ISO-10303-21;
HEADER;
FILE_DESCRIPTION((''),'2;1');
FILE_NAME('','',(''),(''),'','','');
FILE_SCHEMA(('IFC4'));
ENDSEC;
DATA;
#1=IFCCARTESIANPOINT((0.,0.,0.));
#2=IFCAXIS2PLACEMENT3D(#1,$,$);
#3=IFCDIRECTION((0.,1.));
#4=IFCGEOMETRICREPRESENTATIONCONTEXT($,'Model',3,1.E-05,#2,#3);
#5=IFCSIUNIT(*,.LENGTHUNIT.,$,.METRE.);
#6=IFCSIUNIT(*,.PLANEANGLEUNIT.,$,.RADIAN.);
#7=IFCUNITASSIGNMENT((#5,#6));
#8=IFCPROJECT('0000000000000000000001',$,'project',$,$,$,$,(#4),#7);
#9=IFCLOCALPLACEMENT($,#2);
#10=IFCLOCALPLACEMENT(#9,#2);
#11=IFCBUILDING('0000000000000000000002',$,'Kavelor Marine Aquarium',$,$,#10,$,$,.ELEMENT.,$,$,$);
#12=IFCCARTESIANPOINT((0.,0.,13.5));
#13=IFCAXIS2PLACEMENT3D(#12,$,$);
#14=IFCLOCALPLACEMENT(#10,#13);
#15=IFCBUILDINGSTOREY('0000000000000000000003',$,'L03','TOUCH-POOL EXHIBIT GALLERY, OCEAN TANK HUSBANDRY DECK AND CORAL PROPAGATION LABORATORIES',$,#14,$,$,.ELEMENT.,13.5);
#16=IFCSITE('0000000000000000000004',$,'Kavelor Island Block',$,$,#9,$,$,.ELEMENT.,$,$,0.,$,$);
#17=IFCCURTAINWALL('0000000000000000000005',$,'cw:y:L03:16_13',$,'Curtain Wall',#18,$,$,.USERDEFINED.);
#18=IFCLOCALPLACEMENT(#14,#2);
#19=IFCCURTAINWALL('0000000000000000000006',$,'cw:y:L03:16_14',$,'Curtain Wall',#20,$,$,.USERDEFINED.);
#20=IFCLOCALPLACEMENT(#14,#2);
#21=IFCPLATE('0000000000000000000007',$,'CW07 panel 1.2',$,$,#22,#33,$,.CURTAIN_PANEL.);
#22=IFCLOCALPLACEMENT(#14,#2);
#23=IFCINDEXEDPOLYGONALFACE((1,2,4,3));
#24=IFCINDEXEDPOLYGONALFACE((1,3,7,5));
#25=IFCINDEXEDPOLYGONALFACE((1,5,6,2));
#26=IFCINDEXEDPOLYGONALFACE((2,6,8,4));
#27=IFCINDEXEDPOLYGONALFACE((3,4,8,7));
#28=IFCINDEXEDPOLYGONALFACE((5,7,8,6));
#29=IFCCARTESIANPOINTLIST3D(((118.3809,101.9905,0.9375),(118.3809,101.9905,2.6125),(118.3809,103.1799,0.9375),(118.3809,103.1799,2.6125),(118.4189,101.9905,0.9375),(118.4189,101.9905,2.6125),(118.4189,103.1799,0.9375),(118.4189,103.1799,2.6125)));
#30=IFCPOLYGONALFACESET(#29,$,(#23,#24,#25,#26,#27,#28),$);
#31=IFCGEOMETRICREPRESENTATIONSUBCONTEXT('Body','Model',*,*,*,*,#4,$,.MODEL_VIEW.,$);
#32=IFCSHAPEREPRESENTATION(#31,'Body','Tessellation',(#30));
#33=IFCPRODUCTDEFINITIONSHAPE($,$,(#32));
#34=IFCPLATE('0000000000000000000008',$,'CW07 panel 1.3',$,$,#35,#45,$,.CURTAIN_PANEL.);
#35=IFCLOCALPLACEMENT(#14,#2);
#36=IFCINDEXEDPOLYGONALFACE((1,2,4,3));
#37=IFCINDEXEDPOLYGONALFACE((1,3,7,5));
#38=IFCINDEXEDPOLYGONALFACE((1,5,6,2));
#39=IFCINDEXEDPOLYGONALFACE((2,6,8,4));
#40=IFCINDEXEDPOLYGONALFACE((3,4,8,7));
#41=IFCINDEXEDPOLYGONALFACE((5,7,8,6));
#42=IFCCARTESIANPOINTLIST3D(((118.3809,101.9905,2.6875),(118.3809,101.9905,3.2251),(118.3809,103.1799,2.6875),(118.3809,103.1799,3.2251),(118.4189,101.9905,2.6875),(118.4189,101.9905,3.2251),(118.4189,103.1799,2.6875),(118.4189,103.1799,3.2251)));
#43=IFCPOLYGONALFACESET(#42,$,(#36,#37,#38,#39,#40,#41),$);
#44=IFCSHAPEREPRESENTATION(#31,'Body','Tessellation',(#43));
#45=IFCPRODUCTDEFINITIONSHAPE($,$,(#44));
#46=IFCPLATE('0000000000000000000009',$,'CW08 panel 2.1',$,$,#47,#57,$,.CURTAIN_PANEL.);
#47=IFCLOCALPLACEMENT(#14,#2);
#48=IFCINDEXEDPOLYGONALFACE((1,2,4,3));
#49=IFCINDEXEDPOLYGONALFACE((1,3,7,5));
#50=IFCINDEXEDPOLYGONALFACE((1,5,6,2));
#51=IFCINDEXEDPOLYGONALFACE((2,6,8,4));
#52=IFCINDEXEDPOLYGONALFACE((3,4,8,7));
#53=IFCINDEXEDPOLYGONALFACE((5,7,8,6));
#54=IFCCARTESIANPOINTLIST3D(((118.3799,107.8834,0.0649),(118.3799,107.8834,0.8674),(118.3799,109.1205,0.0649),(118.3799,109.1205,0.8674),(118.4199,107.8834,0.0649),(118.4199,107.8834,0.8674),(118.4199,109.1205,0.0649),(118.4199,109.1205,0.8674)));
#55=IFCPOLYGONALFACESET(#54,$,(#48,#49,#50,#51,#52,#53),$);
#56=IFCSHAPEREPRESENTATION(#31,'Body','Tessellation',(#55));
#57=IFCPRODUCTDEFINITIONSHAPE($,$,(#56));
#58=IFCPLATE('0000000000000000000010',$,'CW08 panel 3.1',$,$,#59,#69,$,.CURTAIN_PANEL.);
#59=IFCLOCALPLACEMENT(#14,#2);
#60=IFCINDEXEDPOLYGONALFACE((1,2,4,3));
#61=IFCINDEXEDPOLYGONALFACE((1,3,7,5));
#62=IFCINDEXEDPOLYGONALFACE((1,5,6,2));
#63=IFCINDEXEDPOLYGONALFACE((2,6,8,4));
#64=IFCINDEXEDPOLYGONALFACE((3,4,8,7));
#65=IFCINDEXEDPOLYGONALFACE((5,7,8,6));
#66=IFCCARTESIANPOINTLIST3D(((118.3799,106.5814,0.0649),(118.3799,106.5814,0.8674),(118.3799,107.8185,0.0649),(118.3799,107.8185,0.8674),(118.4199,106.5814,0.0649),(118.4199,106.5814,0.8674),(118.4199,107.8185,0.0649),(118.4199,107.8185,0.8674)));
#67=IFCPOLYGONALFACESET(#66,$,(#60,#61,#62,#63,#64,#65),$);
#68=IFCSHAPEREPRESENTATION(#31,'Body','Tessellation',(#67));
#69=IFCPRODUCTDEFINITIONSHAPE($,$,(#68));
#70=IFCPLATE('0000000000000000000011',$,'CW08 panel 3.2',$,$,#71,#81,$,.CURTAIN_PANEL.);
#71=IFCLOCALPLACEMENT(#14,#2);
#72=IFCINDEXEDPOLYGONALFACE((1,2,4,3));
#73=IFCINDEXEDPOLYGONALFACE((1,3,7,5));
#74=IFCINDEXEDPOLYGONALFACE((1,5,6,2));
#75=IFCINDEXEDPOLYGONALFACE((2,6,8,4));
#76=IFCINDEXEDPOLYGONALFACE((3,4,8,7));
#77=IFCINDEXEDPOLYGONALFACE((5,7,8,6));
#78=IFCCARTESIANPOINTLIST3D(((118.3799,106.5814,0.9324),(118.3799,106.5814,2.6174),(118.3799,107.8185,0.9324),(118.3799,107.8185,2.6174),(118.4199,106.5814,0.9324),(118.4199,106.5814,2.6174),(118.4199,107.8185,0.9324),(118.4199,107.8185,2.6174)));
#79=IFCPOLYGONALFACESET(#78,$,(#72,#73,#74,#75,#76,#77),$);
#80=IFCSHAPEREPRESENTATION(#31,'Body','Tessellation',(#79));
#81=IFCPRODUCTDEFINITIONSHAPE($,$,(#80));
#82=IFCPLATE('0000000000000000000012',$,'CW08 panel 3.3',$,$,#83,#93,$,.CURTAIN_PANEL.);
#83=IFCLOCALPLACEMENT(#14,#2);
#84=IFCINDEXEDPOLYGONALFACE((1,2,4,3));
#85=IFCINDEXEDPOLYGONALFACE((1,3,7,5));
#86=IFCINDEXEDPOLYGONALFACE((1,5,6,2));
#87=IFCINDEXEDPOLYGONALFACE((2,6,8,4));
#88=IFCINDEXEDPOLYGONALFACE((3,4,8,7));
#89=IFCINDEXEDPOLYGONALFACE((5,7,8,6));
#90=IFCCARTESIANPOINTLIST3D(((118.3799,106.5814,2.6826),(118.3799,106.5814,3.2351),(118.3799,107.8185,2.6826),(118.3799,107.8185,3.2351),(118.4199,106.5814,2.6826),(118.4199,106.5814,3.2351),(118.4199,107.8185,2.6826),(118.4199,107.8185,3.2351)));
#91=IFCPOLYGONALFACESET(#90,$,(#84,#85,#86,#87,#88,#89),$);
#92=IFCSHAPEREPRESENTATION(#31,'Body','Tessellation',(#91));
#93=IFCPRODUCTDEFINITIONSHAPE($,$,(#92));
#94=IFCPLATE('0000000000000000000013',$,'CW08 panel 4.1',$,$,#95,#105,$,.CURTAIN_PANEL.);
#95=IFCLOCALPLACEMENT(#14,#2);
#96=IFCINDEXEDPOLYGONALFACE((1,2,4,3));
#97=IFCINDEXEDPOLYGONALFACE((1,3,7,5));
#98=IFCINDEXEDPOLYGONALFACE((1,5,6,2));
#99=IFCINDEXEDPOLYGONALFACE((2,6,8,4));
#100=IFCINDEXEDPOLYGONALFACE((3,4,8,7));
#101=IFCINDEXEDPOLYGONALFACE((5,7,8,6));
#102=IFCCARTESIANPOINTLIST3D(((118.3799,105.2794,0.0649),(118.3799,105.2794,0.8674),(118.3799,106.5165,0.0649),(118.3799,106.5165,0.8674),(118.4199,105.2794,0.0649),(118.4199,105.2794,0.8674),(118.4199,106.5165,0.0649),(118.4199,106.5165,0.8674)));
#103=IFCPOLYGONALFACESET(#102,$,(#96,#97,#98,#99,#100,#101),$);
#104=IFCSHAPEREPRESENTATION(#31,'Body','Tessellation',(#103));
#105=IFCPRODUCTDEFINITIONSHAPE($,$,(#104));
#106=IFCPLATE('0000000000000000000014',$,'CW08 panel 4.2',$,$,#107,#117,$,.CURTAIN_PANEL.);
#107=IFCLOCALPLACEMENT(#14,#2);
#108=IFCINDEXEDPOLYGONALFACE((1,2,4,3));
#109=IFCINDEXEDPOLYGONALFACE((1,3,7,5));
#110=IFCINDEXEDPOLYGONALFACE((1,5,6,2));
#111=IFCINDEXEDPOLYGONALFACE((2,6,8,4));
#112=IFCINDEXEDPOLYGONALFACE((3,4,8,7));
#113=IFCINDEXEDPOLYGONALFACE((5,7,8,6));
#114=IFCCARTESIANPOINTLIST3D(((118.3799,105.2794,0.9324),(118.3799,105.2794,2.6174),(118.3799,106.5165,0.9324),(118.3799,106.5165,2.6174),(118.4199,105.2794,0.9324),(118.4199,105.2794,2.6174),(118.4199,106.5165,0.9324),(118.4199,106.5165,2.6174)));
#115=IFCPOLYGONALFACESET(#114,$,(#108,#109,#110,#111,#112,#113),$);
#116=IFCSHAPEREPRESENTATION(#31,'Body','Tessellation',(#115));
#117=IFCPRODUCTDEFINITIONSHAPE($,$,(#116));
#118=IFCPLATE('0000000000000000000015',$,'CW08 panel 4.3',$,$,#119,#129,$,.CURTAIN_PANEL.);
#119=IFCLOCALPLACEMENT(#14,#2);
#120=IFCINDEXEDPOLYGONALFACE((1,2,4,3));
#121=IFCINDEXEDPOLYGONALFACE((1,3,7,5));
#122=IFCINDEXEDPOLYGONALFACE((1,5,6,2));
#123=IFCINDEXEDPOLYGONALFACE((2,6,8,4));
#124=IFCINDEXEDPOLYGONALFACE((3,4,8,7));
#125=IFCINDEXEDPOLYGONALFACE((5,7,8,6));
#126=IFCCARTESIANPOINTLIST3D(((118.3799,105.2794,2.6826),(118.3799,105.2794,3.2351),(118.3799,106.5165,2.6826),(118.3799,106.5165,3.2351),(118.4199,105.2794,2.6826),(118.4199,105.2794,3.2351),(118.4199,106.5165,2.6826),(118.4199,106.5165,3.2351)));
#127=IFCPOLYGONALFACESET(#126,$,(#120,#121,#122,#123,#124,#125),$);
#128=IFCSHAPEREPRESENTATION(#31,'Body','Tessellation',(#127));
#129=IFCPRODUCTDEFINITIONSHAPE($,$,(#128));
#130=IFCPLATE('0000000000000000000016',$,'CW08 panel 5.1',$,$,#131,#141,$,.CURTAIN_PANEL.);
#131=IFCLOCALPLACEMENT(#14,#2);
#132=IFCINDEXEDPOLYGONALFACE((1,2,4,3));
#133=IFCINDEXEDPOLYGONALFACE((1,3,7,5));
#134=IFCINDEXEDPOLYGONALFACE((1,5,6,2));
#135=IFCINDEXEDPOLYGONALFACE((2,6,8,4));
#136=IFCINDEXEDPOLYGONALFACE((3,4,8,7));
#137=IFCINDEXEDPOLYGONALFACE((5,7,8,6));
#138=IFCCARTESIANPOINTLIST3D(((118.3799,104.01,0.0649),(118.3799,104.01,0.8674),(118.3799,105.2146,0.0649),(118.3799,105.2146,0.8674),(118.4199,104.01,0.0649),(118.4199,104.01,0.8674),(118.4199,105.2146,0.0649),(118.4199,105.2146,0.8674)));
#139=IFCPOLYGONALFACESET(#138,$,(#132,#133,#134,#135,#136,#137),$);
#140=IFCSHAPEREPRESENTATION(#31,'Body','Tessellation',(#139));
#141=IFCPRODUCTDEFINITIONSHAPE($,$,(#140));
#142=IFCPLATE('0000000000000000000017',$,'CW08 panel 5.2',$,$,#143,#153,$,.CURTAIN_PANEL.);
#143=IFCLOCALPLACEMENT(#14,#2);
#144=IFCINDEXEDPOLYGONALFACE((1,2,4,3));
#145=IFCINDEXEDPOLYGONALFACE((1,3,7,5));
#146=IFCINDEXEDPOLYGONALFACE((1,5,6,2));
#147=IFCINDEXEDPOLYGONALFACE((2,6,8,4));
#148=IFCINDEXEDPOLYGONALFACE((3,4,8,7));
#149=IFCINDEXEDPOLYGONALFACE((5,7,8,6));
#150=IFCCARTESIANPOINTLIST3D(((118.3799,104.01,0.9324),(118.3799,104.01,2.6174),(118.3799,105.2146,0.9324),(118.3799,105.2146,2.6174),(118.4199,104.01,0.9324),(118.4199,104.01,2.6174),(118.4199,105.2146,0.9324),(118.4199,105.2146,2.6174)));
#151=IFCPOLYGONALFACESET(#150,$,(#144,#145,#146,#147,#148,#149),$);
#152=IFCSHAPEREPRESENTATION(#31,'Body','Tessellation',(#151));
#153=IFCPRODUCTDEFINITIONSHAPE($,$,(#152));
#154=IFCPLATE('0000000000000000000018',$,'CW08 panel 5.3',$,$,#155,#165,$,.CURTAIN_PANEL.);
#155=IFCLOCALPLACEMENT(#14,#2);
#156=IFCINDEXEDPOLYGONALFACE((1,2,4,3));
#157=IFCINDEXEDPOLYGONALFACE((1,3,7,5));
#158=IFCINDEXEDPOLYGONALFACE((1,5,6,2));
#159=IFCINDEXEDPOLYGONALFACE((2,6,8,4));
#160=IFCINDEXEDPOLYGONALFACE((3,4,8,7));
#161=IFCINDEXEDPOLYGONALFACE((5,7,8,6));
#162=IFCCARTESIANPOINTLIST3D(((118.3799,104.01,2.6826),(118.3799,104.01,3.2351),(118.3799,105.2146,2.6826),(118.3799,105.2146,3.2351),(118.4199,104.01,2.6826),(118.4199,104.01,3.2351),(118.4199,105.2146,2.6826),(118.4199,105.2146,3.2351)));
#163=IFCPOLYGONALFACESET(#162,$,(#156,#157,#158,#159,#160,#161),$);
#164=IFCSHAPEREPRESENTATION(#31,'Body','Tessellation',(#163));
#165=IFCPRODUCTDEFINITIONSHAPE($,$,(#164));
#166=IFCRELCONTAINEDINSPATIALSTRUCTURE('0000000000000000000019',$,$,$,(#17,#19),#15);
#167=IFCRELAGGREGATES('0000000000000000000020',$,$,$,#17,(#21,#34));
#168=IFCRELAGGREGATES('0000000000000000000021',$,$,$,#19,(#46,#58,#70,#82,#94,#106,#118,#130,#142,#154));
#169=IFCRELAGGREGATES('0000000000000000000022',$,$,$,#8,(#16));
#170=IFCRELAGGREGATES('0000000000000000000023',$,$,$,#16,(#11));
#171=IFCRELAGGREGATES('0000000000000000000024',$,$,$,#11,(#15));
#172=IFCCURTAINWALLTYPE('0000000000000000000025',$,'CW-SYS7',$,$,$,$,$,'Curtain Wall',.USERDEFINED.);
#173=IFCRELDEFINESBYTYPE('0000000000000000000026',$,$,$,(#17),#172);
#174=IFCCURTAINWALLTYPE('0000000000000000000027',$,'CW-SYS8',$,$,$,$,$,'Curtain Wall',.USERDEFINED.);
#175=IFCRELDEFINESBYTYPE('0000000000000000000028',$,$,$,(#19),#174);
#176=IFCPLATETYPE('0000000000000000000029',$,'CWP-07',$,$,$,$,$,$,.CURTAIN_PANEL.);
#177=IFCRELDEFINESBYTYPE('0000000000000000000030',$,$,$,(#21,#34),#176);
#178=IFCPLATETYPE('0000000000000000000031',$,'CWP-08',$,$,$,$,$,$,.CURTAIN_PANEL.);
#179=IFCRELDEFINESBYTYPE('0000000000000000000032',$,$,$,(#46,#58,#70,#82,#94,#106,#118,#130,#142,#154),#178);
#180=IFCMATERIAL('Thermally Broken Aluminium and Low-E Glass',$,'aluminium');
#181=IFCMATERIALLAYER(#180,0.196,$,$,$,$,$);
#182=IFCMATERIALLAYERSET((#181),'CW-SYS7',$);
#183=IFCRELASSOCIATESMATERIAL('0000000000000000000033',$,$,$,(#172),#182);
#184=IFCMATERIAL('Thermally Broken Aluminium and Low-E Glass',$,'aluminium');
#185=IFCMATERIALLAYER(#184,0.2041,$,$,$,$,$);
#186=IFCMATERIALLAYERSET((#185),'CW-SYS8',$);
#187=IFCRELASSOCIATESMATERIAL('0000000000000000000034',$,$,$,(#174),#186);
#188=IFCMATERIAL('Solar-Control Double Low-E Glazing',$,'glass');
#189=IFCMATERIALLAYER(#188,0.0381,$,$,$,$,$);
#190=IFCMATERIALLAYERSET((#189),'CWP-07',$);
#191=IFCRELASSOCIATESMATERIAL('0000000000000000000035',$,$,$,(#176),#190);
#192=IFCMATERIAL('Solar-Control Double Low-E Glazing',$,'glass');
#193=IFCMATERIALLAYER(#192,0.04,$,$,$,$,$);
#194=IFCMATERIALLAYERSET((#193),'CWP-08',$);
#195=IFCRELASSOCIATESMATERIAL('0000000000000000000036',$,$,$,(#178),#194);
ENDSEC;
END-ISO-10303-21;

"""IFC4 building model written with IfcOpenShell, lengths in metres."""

from ifc_helpers import new_model, si_unit, direction, frame, origin, origin_2d, place, context, subcontext, project, spatial, rectangle, extrude, material, layer, layer_set, type_object, element, aggregate, save


model = new_model("IFC4")

# Units and contexts
model_context = context("Model", 3, precision=1e-05, world=origin(), true_north=direction((0.0, 1.0)))
body_context = subcontext(model_context, "Body", "Model", "MODEL_VIEW")
ifc_project = project(units=[si_unit("LENGTHUNIT", "METRE"), si_unit("PLANEANGLEUNIT", "RADIAN")], contexts=[model_context])

# Site, building, storey
site_placement = place(None, origin())
site = spatial("IfcSite", under=ifc_project, at=site_placement, Name="Kavelor Island Block", CompositionType="ELEMENT", RefElevation=0.0)
building_placement = place(site_placement, origin())
building = spatial("IfcBuilding", under=site, at=building_placement, Name="Kavelor Marine Aquarium", CompositionType="ELEMENT")
storey_placement = place(building_placement, frame((0.0, 0.0, 13.5)))
storey = spatial("IfcBuildingStorey", under=building, at=storey_placement, Name="L03", Description="TOUCH-POOL EXHIBIT GALLERY, OCEAN TANK HUSBANDRY DECK AND CORAL PROPAGATION LABORATORIES", CompositionType="ELEMENT", Elevation=13.5)

# Curtain walls
ifc_material_1 = material(Name="Thermally Broken Aluminium and Low-E Glass", Category="aluminium")
ifc_layer_1 = layer(ifc_material_1, 0.196)
ifc_layer_set_1 = layer_set([ifc_layer_1], Name="CW-SYS7")
curtain_wall_type_1 = type_object("IfcCurtainWallType", Name="CW-SYS7", ElementType="Curtain Wall", PredefinedType="USERDEFINED", material=ifc_layer_set_1)
curtain_wall_1_placement = place(storey_placement, origin())
curtain_wall_1 = element("IfcCurtainWall", 1, at=curtain_wall_1_placement, inside=storey, type_object=curtain_wall_type_1, Name="cw:y:L03:16_13", ObjectType="Curtain Wall", PredefinedType="USERDEFINED")
ifc_material_2 = material(Name="Thermally Broken Aluminium and Low-E Glass", Category="aluminium")
ifc_layer_2 = layer(ifc_material_2, 0.2041)
ifc_layer_set_2 = layer_set([ifc_layer_2], Name="CW-SYS8")
curtain_wall_type_2 = type_object("IfcCurtainWallType", Name="CW-SYS8", ElementType="Curtain Wall", PredefinedType="USERDEFINED", material=ifc_layer_set_2)
curtain_wall_2_placement = place(storey_placement, origin())
curtain_wall_2 = element("IfcCurtainWall", 2, at=curtain_wall_2_placement, inside=storey, type_object=curtain_wall_type_2, Name="cw:y:L03:16_14", ObjectType="Curtain Wall", PredefinedType="USERDEFINED")

# Plates
ifc_material_3 = material(Name="Solar-Control Double Low-E Glazing", Category="glass")
ifc_layer_3 = layer(ifc_material_3, 0.0381)
ifc_layer_set_3 = layer_set([ifc_layer_3], Name="CWP-07")
plate_type_1 = type_object("IfcPlateType", Name="CWP-07", PredefinedType="CURTAIN_PANEL", material=ifc_layer_set_3)
plate_1_placement = place(storey_placement, frame((118.3999, 102.5852, 0.9375), z_axis=(0.0, 0.0, 1.0), x_axis=(0.0, -1.0, 0.0)))
plate_1 = element("IfcPlate", 3, at=plate_1_placement, type_object=plate_type_1, Name="CW07 panel 1.2", PredefinedType="CURTAIN_PANEL", context=body_context, shape_type="SweptSolid", body=[
    extrude(rectangle(XDim=1.1895, YDim=0.0381, at=origin_2d()), origin(), (0.0, 0.0, 1.0), 1.675),
])
plate_2_placement = place(storey_placement, frame((118.3999, 102.5852, 2.6875), z_axis=(0.0, 0.0, 1.0), x_axis=(0.0, -1.0, 0.0)))
plate_2 = element("IfcPlate", 4, at=plate_2_placement, type_object=plate_type_1, Name="CW07 panel 1.3", PredefinedType="CURTAIN_PANEL", context=body_context, shape_type="SweptSolid", body=[
    extrude(rectangle(XDim=1.1895, YDim=0.0381, at=origin_2d()), origin(), (0.0, 0.0, 1.0), 0.5376),
])
aggregate(curtain_wall_1, [plate_1, plate_2])
ifc_material_4 = material(Name="Solar-Control Double Low-E Glazing", Category="glass")
ifc_layer_4 = layer(ifc_material_4, 0.04)
ifc_layer_set_4 = layer_set([ifc_layer_4], Name="CWP-08")
plate_type_2 = type_object("IfcPlateType", Name="CWP-08", PredefinedType="CURTAIN_PANEL", material=ifc_layer_set_4)
plate_3_placement = place(storey_placement, frame((118.3999, 108.502, 0.0649), z_axis=(0.0, 0.0, 1.0), x_axis=(0.0, -1.0, 0.0)))
plate_3 = element("IfcPlate", 5, at=plate_3_placement, type_object=plate_type_2, Name="CW08 panel 2.1", PredefinedType="CURTAIN_PANEL", context=body_context, shape_type="SweptSolid", body=[
    extrude(rectangle(XDim=1.2371, YDim=0.04, at=origin_2d()), origin(), (0.0, 0.0, 1.0), 0.8025),
])
plate_4_placement = place(storey_placement, frame((118.3999, 107.2, 0.0649), z_axis=(0.0, 0.0, 1.0), x_axis=(0.0, -1.0, 0.0)))
plate_4 = element("IfcPlate", 6, at=plate_4_placement, type_object=plate_type_2, Name="CW08 panel 3.1", PredefinedType="CURTAIN_PANEL", context=body_context, shape_type="SweptSolid", body=[
    extrude(rectangle(XDim=1.2371, YDim=0.04, at=origin_2d()), origin(), (0.0, 0.0, 1.0), 0.8025),
])
plate_5_placement = place(storey_placement, frame((118.3999, 107.2, 0.9324), z_axis=(0.0, 0.0, 1.0), x_axis=(0.0, -1.0, 0.0)))
plate_5 = element("IfcPlate", 7, at=plate_5_placement, type_object=plate_type_2, Name="CW08 panel 3.2", PredefinedType="CURTAIN_PANEL", context=body_context, shape_type="SweptSolid", body=[
    extrude(rectangle(XDim=1.2371, YDim=0.04, at=origin_2d()), origin(), (0.0, 0.0, 1.0), 1.6851),
])
plate_6_placement = place(storey_placement, frame((118.3999, 107.2, 2.6826), z_axis=(0.0, 0.0, 1.0), x_axis=(0.0, -1.0, 0.0)))
plate_6 = element("IfcPlate", 8, at=plate_6_placement, type_object=plate_type_2, Name="CW08 panel 3.3", PredefinedType="CURTAIN_PANEL", context=body_context, shape_type="SweptSolid", body=[
    extrude(rectangle(XDim=1.2371, YDim=0.04, at=origin_2d()), origin(), (0.0, 0.0, 1.0), 0.5525),
])
plate_7_placement = place(storey_placement, frame((118.3999, 105.8979, 0.0649), z_axis=(0.0, 0.0, 1.0), x_axis=(0.0, -1.0, 0.0)))
plate_7 = element("IfcPlate", 9, at=plate_7_placement, type_object=plate_type_2, Name="CW08 panel 4.1", PredefinedType="CURTAIN_PANEL", context=body_context, shape_type="SweptSolid", body=[
    extrude(rectangle(XDim=1.2371, YDim=0.04, at=origin_2d()), origin(), (0.0, 0.0, 1.0), 0.8025),
])
plate_8_placement = place(storey_placement, frame((118.3999, 105.8979, 0.9324), z_axis=(0.0, 0.0, 1.0), x_axis=(0.0, -1.0, 0.0)))
plate_8 = element("IfcPlate", 10, at=plate_8_placement, type_object=plate_type_2, Name="CW08 panel 4.2", PredefinedType="CURTAIN_PANEL", context=body_context, shape_type="SweptSolid", body=[
    extrude(rectangle(XDim=1.2371, YDim=0.04, at=origin_2d()), origin(), (0.0, 0.0, 1.0), 1.6851),
])
plate_9_placement = place(storey_placement, frame((118.3999, 105.8979, 2.6826), z_axis=(0.0, 0.0, 1.0), x_axis=(0.0, -1.0, 0.0)))
plate_9 = element("IfcPlate", 11, at=plate_9_placement, type_object=plate_type_2, Name="CW08 panel 4.3", PredefinedType="CURTAIN_PANEL", context=body_context, shape_type="SweptSolid", body=[
    extrude(rectangle(XDim=1.2371, YDim=0.04, at=origin_2d()), origin(), (0.0, 0.0, 1.0), 0.5525),
])
plate_10_placement = place(storey_placement, frame((118.3999, 104.6123, 0.0649), z_axis=(0.0, 0.0, 1.0), x_axis=(0.0, -1.0, 0.0)))
plate_10 = element("IfcPlate", 12, at=plate_10_placement, type_object=plate_type_2, Name="CW08 panel 5.1", PredefinedType="CURTAIN_PANEL", context=body_context, shape_type="SweptSolid", body=[
    extrude(rectangle(XDim=1.2046, YDim=0.04, at=origin_2d()), origin(), (0.0, 0.0, 1.0), 0.8025),
])
plate_11_placement = place(storey_placement, frame((118.3999, 104.6123, 0.9324), z_axis=(0.0, 0.0, 1.0), x_axis=(0.0, -1.0, 0.0)))
plate_11 = element("IfcPlate", 13, at=plate_11_placement, type_object=plate_type_2, Name="CW08 panel 5.2", PredefinedType="CURTAIN_PANEL", context=body_context, shape_type="SweptSolid", body=[
    extrude(rectangle(XDim=1.2046, YDim=0.04, at=origin_2d()), origin(), (0.0, 0.0, 1.0), 1.6851),
])
plate_12_placement = place(storey_placement, frame((118.3999, 104.6123, 2.6826), z_axis=(0.0, 0.0, 1.0), x_axis=(0.0, -1.0, 0.0)))
plate_12 = element("IfcPlate", 14, at=plate_12_placement, type_object=plate_type_2, Name="CW08 panel 5.3", PredefinedType="CURTAIN_PANEL", context=body_context, shape_type="SweptSolid", body=[
    extrude(rectangle(XDim=1.2046, YDim=0.04, at=origin_2d()), origin(), (0.0, 0.0, 1.0), 0.5525),
])
aggregate(curtain_wall_2, [plate_3, plate_4, plate_5, plate_6, plate_7, plate_8, plate_9, plate_10, plate_11, plate_12])

save(model, "model.ifc")
